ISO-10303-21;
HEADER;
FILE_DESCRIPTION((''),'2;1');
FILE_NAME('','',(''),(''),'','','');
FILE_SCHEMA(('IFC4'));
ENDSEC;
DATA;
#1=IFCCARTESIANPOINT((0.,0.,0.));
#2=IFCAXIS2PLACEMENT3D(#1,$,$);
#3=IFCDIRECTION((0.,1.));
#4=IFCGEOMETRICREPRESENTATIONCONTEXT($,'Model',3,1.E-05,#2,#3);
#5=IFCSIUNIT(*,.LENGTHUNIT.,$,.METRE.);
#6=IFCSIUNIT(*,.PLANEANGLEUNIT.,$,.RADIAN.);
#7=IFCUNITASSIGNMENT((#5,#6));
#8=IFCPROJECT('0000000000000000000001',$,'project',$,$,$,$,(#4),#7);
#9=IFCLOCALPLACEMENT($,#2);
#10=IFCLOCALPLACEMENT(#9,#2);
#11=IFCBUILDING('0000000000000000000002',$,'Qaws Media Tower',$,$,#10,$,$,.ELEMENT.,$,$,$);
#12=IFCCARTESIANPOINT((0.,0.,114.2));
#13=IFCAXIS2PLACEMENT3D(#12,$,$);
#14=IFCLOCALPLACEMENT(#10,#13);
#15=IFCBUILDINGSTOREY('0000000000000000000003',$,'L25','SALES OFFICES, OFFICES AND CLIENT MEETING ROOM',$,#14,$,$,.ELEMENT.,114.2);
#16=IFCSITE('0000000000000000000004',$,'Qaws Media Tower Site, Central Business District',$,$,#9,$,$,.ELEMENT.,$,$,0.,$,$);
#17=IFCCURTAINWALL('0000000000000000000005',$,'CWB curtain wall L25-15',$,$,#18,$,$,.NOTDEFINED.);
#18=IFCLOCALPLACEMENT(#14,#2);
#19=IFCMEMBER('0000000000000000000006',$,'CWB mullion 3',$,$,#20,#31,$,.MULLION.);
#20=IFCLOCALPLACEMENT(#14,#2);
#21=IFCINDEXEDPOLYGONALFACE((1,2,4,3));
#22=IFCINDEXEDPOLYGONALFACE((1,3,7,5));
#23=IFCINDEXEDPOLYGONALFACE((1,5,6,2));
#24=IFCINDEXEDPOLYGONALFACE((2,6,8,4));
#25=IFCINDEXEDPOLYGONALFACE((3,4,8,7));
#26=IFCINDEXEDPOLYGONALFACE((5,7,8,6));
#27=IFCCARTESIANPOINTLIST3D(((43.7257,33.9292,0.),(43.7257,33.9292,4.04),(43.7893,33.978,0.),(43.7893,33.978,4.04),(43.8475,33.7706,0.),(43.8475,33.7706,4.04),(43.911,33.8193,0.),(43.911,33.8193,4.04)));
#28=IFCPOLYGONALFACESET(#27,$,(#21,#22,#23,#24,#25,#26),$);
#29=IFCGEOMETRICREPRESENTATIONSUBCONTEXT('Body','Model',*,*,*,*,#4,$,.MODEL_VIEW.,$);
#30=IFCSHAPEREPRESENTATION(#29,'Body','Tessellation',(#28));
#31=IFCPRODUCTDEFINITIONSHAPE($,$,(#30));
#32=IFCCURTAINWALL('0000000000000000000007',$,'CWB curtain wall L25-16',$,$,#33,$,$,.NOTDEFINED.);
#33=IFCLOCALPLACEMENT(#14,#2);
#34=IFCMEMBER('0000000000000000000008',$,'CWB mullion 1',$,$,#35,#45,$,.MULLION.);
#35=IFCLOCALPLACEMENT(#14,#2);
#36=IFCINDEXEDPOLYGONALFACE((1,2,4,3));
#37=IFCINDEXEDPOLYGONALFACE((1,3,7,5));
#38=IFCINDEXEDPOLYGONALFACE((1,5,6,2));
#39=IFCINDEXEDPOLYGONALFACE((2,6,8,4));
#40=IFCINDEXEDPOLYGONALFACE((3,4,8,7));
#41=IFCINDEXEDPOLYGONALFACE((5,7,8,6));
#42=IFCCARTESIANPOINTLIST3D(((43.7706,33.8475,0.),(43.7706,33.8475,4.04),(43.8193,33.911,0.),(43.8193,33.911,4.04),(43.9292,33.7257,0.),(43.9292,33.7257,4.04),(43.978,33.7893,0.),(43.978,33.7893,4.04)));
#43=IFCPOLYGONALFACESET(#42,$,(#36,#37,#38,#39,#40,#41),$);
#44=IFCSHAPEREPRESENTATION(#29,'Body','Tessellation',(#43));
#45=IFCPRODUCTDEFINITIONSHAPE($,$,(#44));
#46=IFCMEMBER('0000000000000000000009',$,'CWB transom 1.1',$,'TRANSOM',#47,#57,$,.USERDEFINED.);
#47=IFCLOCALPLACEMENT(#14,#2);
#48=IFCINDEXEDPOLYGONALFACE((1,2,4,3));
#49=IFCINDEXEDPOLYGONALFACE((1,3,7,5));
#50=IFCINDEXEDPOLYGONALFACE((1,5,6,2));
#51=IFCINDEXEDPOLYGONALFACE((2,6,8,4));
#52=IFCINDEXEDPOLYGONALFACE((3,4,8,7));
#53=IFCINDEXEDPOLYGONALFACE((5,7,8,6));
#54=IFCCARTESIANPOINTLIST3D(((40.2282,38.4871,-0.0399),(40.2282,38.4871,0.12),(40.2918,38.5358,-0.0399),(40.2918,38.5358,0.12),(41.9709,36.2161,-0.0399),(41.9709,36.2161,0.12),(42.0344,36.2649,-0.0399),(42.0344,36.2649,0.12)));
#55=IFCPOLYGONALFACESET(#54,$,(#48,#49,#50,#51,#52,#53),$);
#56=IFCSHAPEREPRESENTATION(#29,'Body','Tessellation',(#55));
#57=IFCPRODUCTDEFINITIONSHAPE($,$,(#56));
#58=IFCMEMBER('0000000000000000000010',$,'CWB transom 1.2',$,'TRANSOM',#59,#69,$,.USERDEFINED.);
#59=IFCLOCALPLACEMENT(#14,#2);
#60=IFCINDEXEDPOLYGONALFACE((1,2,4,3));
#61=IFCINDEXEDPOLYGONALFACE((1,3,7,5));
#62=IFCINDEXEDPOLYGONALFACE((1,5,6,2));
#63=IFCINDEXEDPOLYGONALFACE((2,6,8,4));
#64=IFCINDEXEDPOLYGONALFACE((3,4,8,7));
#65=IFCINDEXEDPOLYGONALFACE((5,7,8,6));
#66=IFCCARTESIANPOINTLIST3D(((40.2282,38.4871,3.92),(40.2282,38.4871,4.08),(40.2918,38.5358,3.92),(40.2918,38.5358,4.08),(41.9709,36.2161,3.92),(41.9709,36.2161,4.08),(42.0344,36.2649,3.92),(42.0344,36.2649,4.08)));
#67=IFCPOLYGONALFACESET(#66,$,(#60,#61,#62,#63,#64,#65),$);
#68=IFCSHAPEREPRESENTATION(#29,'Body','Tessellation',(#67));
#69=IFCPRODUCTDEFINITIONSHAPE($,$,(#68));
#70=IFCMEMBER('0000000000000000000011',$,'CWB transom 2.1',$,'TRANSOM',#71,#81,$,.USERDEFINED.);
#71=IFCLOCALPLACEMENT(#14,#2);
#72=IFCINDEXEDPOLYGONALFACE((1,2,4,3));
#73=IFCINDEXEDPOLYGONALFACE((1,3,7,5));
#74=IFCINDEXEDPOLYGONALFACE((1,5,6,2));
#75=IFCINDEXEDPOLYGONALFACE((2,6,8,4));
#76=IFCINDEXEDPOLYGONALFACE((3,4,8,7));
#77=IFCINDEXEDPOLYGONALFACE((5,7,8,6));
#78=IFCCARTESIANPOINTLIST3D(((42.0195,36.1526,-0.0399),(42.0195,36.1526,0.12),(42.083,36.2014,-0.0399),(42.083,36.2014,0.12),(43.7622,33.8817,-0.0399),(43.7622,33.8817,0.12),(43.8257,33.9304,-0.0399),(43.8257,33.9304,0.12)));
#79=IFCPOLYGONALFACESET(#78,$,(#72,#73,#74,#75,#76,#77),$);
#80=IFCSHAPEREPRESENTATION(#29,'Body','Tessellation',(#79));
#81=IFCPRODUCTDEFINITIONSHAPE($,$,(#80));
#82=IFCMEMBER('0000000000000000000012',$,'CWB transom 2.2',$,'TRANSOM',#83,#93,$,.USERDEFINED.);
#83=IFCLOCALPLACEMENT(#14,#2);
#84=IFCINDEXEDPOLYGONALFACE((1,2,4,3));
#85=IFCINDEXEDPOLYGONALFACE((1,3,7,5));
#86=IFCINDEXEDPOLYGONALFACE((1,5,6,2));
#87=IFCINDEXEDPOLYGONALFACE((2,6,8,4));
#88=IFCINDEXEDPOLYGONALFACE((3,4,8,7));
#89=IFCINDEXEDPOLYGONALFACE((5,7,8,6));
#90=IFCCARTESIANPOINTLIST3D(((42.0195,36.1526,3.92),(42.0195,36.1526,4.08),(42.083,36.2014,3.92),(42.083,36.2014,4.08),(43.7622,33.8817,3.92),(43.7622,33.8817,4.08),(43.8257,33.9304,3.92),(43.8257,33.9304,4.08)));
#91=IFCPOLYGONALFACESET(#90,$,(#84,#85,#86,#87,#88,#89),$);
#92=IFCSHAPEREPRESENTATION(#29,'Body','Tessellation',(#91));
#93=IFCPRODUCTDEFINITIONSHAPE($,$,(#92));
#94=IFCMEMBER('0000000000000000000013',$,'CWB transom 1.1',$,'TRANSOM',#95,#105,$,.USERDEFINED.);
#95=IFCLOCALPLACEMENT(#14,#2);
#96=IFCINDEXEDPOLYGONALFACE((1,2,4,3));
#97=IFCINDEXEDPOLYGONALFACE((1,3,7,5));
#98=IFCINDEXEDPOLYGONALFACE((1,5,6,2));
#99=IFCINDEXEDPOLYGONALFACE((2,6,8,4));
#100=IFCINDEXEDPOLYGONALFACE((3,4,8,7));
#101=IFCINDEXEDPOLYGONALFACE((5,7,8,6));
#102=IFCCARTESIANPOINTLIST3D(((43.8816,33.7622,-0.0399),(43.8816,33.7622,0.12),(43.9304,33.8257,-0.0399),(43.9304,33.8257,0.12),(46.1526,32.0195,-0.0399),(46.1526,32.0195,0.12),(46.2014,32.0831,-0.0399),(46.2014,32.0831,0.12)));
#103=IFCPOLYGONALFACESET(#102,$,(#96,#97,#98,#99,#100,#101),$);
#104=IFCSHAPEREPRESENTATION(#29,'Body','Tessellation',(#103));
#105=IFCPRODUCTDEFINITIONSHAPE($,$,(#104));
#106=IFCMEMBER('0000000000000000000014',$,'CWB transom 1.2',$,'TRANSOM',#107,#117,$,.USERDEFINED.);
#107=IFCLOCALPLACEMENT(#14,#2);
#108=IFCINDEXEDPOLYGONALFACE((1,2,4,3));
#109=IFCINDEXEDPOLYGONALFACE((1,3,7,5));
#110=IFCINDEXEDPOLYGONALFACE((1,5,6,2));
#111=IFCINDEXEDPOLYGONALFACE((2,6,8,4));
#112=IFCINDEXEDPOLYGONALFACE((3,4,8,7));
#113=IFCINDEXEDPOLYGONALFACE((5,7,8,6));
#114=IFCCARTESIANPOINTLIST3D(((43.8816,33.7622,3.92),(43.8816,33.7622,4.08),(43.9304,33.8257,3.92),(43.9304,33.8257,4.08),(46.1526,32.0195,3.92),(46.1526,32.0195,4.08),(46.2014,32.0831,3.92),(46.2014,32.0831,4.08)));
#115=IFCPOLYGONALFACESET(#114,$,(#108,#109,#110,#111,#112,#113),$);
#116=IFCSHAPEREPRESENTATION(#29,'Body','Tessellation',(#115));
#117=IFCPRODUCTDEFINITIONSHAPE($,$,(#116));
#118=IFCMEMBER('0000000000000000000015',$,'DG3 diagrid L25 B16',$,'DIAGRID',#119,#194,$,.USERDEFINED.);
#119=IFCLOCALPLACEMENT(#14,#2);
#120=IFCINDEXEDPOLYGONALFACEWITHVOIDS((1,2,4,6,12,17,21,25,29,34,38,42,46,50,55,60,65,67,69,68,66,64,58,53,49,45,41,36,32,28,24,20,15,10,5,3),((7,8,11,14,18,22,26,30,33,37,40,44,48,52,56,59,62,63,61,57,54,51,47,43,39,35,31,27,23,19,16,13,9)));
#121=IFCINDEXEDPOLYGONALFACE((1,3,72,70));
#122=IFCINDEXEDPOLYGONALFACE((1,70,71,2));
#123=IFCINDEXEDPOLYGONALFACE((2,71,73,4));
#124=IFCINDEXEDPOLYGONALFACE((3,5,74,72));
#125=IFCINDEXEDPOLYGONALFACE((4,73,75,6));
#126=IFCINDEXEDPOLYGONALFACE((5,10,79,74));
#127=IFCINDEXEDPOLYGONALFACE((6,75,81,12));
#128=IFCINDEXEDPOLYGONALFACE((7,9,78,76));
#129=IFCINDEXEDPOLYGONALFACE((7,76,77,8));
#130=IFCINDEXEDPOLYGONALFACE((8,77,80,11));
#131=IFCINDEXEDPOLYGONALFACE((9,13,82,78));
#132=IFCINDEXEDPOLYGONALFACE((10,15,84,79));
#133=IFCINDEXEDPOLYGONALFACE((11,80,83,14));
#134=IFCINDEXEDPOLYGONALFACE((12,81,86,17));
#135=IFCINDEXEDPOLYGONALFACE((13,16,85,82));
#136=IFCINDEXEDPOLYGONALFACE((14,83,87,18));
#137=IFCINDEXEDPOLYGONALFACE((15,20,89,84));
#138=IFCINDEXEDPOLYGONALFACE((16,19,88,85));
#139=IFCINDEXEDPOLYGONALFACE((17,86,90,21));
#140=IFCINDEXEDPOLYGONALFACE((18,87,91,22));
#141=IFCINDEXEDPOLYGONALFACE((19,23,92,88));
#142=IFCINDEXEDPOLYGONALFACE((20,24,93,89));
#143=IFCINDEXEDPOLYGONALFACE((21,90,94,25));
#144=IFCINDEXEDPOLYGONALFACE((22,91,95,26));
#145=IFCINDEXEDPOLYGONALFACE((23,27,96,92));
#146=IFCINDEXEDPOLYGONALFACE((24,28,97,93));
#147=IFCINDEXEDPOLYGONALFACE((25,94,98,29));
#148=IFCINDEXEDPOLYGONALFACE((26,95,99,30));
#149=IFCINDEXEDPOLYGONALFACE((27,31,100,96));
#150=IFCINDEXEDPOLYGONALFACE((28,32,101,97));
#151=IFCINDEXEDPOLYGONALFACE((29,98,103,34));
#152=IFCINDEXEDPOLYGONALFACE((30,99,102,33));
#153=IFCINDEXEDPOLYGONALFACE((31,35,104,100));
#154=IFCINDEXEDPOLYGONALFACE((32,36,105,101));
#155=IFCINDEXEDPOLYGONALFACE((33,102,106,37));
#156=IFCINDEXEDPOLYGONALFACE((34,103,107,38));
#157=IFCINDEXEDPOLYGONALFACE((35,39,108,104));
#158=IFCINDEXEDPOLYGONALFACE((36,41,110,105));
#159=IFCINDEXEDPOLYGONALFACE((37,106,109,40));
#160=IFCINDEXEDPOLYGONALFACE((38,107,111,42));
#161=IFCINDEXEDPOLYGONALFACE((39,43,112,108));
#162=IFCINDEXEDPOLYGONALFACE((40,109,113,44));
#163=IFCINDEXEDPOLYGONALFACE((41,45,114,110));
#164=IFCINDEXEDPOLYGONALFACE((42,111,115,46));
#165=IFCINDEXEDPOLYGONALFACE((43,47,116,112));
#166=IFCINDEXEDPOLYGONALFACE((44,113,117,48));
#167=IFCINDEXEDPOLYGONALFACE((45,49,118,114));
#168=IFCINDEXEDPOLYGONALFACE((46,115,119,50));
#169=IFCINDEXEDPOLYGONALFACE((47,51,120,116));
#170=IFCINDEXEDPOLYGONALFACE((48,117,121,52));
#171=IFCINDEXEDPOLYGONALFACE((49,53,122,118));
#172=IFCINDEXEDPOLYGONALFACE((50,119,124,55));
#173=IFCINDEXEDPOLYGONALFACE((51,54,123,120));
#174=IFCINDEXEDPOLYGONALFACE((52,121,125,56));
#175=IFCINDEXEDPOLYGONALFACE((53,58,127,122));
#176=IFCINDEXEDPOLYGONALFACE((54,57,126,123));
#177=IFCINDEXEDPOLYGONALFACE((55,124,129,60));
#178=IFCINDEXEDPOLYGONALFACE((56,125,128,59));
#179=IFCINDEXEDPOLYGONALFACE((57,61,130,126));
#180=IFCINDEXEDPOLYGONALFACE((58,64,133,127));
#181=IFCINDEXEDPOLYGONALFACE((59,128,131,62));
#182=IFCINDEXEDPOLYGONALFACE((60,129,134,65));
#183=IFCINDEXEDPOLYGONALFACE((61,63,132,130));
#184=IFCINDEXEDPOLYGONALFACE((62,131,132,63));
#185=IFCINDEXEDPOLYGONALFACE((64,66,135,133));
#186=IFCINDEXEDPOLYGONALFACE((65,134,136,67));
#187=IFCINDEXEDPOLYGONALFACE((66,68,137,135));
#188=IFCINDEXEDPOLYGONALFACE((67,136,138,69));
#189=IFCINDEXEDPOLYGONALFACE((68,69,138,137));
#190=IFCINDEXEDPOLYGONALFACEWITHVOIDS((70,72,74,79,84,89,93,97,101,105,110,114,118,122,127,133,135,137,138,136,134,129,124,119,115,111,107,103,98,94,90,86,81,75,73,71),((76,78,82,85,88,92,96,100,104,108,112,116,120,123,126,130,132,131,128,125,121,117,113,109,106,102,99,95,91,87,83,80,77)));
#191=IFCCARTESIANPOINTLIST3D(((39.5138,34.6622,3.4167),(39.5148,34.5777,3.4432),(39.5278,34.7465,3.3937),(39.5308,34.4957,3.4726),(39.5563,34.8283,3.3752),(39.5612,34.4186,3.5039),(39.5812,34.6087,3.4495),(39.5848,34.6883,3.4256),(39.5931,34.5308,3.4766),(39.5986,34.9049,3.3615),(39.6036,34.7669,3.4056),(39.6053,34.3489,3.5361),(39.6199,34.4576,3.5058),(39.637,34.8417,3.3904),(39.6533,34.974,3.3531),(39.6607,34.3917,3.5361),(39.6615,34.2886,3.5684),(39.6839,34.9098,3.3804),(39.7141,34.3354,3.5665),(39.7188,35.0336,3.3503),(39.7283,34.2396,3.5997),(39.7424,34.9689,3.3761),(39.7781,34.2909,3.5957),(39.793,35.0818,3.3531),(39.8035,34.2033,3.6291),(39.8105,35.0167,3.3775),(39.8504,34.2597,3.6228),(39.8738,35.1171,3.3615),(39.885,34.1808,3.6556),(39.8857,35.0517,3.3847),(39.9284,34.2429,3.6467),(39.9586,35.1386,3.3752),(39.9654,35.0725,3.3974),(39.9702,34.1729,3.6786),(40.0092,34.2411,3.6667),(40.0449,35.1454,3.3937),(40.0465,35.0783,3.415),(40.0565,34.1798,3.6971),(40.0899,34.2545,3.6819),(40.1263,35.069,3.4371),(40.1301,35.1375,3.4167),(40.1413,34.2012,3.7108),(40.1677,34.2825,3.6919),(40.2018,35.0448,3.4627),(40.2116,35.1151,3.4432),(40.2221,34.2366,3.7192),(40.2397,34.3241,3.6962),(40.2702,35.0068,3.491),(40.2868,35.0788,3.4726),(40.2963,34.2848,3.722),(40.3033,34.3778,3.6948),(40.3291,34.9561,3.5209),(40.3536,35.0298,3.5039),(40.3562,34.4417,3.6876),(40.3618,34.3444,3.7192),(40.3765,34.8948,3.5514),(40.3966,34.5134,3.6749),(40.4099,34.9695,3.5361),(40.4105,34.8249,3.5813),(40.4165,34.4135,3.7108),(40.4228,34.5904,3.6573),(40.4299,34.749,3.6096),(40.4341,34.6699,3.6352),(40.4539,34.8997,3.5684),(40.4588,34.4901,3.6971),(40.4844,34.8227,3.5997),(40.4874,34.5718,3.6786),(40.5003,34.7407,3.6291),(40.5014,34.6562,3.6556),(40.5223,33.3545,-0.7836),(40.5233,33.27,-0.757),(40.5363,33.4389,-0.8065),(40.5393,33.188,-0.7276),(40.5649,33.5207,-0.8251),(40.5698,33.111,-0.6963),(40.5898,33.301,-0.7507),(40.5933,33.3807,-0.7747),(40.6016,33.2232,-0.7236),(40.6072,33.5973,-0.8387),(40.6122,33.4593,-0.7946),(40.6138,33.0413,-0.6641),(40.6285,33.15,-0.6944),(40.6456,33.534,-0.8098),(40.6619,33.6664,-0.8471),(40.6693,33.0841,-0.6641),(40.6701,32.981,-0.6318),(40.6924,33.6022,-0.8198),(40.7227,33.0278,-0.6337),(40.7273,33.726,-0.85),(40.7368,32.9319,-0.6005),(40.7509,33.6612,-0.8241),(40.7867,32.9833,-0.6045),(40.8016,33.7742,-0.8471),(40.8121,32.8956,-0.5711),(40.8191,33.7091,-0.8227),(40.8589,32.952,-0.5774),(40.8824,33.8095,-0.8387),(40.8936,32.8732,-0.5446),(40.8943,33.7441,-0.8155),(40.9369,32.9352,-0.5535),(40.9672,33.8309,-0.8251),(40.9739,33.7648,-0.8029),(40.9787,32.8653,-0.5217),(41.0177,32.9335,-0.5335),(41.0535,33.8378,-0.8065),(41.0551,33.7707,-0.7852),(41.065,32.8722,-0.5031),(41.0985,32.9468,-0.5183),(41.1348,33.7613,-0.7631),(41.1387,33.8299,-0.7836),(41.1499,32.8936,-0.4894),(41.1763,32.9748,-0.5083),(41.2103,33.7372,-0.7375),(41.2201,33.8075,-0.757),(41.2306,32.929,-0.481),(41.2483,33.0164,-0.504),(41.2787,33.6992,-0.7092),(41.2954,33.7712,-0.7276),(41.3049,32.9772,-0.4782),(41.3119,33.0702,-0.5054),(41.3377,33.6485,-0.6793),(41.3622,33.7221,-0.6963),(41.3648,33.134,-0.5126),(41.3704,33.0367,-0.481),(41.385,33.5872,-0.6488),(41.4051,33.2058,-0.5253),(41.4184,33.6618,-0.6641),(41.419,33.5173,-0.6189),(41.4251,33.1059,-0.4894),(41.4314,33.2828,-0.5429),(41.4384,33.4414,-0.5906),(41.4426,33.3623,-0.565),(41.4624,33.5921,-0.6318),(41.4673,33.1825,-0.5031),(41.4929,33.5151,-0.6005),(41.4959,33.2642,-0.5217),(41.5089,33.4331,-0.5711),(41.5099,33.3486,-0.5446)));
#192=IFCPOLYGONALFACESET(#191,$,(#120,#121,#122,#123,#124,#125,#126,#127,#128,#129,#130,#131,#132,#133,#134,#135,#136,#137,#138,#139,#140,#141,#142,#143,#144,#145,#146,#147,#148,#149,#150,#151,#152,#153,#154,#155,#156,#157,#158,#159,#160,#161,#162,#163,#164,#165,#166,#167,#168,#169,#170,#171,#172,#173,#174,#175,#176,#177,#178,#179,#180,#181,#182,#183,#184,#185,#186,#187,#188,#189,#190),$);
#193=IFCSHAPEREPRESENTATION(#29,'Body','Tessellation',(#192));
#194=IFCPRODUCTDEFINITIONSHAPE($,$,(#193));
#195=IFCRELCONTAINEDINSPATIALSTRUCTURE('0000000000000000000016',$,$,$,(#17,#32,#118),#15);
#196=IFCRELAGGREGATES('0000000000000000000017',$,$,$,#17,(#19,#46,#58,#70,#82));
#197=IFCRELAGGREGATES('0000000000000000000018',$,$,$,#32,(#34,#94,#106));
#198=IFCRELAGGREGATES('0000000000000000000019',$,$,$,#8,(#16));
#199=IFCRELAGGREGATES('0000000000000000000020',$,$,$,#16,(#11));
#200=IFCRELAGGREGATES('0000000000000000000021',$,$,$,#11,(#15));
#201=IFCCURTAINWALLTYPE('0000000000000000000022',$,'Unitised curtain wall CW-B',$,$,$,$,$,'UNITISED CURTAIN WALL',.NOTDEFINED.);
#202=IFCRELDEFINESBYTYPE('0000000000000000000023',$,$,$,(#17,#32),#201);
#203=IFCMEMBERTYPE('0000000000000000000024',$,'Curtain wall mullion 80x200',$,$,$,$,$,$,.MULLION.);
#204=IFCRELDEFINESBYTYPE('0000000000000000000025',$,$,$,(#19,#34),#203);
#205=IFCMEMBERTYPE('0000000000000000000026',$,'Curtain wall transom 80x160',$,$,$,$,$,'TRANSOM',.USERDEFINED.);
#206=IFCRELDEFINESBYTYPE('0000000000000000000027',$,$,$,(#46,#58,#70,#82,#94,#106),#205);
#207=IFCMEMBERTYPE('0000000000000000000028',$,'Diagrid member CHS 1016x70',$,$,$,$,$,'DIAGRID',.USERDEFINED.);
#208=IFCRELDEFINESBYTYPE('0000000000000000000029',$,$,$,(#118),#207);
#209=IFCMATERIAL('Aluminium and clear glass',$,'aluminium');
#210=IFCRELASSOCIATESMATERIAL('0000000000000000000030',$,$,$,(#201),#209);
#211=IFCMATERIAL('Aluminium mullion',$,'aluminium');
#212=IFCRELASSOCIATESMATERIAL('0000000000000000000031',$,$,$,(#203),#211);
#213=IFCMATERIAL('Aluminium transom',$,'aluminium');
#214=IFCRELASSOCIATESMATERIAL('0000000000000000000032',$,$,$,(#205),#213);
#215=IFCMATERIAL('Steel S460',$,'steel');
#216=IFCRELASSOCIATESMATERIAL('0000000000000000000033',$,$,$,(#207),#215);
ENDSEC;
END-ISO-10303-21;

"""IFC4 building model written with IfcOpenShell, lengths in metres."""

from ifc_helpers import new_model, si_unit, direction, frame, origin, origin_2d, place, context, subcontext, project, spatial, rectangle, hollow_circle, extrude, material, material_profile, profile_set, type_object, element, aggregate, save


model = new_model("IFC4")

# Units and contexts
model_context = context("Model", 3, precision=1e-05, world=origin(), true_north=direction((0.0, 1.0)))
body_context = subcontext(model_context, "Body", "Model", "MODEL_VIEW")
ifc_project = project(units=[si_unit("LENGTHUNIT", "METRE"), si_unit("PLANEANGLEUNIT", "RADIAN")], contexts=[model_context])

# Site, building, storey
site_placement = place(None, origin())
site = spatial("IfcSite", under=ifc_project, at=site_placement, Name="Qaws Media Tower Site, Central Business District", CompositionType="ELEMENT", RefElevation=0.0)
building_placement = place(site_placement, origin())
building = spatial("IfcBuilding", under=site, at=building_placement, Name="Qaws Media Tower", CompositionType="ELEMENT")
storey_placement = place(building_placement, frame((0.0, 0.0, 114.2)))
storey = spatial("IfcBuildingStorey", under=building, at=storey_placement, Name="L25", Description="SALES OFFICES, OFFICES AND CLIENT MEETING ROOM", CompositionType="ELEMENT", Elevation=114.2)

# Curtain wall, member
ifc_material_1 = material(Name="Aluminium and clear glass", Category="aluminium")
curtain_wall_type = type_object("IfcCurtainWallType", Name="Unitised curtain wall CW-B", ElementType="UNITISED CURTAIN WALL", PredefinedType="NOTDEFINED", material=ifc_material_1)
curtain_wall_1_placement = place(storey_placement, origin())
curtain_wall_1 = element("IfcCurtainWall", 1, at=curtain_wall_1_placement, inside=storey, type_object=curtain_wall_type, Name="CWB curtain wall L25-15", PredefinedType="NOTDEFINED")
ifc_material_2 = material(Name="Aluminium mullion", Category="aluminium")
ifc_material_profile_1 = material_profile(ifc_material_2, rectangle(XDim=0.0801, YDim=0.2, at=origin_2d()), Name="80x200")
ifc_profile_set_1 = profile_set([ifc_material_profile_1], Name="Aluminium mullion")
member_type_1 = type_object("IfcMemberType", Name="Curtain wall mullion 80x200", PredefinedType="MULLION", material=ifc_profile_set_1)
member_1_placement = place(storey_placement, frame((43.8184, 33.8743, 0.0), z_axis=(0.0, 0.0, 1.0), x_axis=(0.793353, 0.608761, 0.0)))
member_1 = element("IfcMember", 2, at=member_1_placement, type_object=member_type_1, Name="CWB mullion 3", PredefinedType="MULLION", context=body_context, shape_type="SweptSolid", body=[
    extrude(rectangle(XDim=0.0801, YDim=0.2, at=origin_2d()), origin(), (0.0, 0.0, 1.0), 4.04),
])

# Curtain wall, member
curtain_wall_2_placement = place(storey_placement, origin())
curtain_wall_2 = element("IfcCurtainWall", 3, at=curtain_wall_2_placement, inside=storey, type_object=curtain_wall_type, Name="CWB curtain wall L25-16", PredefinedType="NOTDEFINED")
member_2_placement = place(storey_placement, frame((43.8743, 33.8184, 0.0), z_axis=(0.0, 0.0, 1.0), x_axis=(0.608761, 0.793353, 0.0)))
member_2 = element("IfcMember", 4, at=member_2_placement, type_object=member_type_1, Name="CWB mullion 1", PredefinedType="MULLION", context=body_context, shape_type="SweptSolid", body=[
    extrude(rectangle(XDim=0.0801, YDim=0.2, at=origin_2d()), origin(), (0.0, 0.0, 1.0), 4.04),
])

# Members
ifc_material_3 = material(Name="Aluminium transom", Category="aluminium")
ifc_material_profile_2 = material_profile(ifc_material_3, rectangle(XDim=0.0801, YDim=0.1599, at=origin_2d()), Name="80x160")
ifc_profile_set_2 = profile_set([ifc_material_profile_2], Name="Aluminium transom")
member_type_2 = type_object("IfcMemberType", Name="Curtain wall transom 80x160", ElementType="TRANSOM", PredefinedType="USERDEFINED", material=ifc_profile_set_2)
member_3_placement = place(storey_placement, frame((40.26, 38.5115, 0.04), z_axis=(0.608779, -0.79334, 0.0), x_axis=(0.79334, 0.608779, 0.0)))
member_3 = element("IfcMember", 5, at=member_3_placement, type_object=member_type_2, Name="CWB transom 1.1", ObjectType="TRANSOM", PredefinedType="USERDEFINED", context=body_context, shape_type="SweptSolid", body=[
    extrude(rectangle(XDim=0.0801, YDim=0.1599, at=origin_2d()), origin(), (0.0, 0.0, 1.0), 2.8625),
])
member_4_placement = place(storey_placement, frame((40.26, 38.5115, 4.0), z_axis=(0.608779, -0.79334, 0.0), x_axis=(0.79334, 0.608779, 0.0)))
member_4 = element("IfcMember", 6, at=member_4_placement, type_object=member_type_2, Name="CWB transom 1.2", ObjectType="TRANSOM", PredefinedType="USERDEFINED", context=body_context, shape_type="SweptSolid", body=[
    extrude(rectangle(XDim=0.0801, YDim=0.1599, at=origin_2d()), origin(), (0.0, 0.0, 1.0), 2.8625),
])
member_5_placement = place(storey_placement, frame((42.0513, 36.177, 0.04), z_axis=(0.608779, -0.79334, 0.0), x_axis=(0.79334, 0.608779, 0.0)))
member_5 = element("IfcMember", 7, at=member_5_placement, type_object=member_type_2, Name="CWB transom 2.1", ObjectType="TRANSOM", PredefinedType="USERDEFINED", context=body_context, shape_type="SweptSolid", body=[
    extrude(rectangle(XDim=0.0801, YDim=0.1599, at=origin_2d()), origin(), (0.0, 0.0, 1.0), 2.8625),
])
member_6_placement = place(storey_placement, frame((42.0513, 36.177, 4.0), z_axis=(0.608779, -0.79334, 0.0), x_axis=(0.79334, 0.608779, 0.0)))
member_6 = element("IfcMember", 8, at=member_6_placement, type_object=member_type_2, Name="CWB transom 2.2", ObjectType="TRANSOM", PredefinedType="USERDEFINED", context=body_context, shape_type="SweptSolid", body=[
    extrude(rectangle(XDim=0.0801, YDim=0.1599, at=origin_2d()), origin(), (0.0, 0.0, 1.0), 2.8625),
])
member_7_placement = place(storey_placement, frame((43.906, 33.7939, 0.04), z_axis=(0.79334, -0.608779, 0.0), x_axis=(0.608779, 0.79334, 0.0)))
member_7 = element("IfcMember", 9, at=member_7_placement, type_object=member_type_2, Name="CWB transom 1.1", ObjectType="TRANSOM", PredefinedType="USERDEFINED", context=body_context, shape_type="SweptSolid", body=[
    extrude(rectangle(XDim=0.0801, YDim=0.1599, at=origin_2d()), origin(), (0.0, 0.0, 1.0), 2.8625),
])
member_8_placement = place(storey_placement, frame((43.906, 33.7939, 4.0), z_axis=(0.79334, -0.608779, 0.0), x_axis=(0.608779, 0.79334, 0.0)))
member_8 = element("IfcMember", 10, at=member_8_placement, type_object=member_type_2, Name="CWB transom 1.2", ObjectType="TRANSOM", PredefinedType="USERDEFINED", context=body_context, shape_type="SweptSolid", body=[
    extrude(rectangle(XDim=0.0801, YDim=0.1599, at=origin_2d()), origin(), (0.0, 0.0, 1.0), 2.8625),
])
ifc_material_4 = material(Name="Steel S460", Category="steel")
ifc_material_profile_3 = material_profile(ifc_material_4, hollow_circle(Radius=0.5081, WallThickness=0.0701, at=origin_2d()), Name="CHS 1016x70")
ifc_profile_set_3 = profile_set([ifc_material_profile_3], Name="Steel S460")
member_type_3 = type_object("IfcMemberType", Name="Diagrid member CHS 1016x70", ElementType="DIAGRID", PredefinedType="USERDEFINED", material=ifc_profile_set_3)
member_9_placement = place(storey_placement, frame((41.0161, 33.3516, -0.6641), z_axis=(-0.223467, 0.289734, 0.930654), x_axis=(-0.791837, -0.610732, 0.0)))
element("IfcMember", 11, at=member_9_placement, inside=storey, type_object=member_type_3, Name="DG3 diagrid L25 B16", ObjectType="DIAGRID", PredefinedType="USERDEFINED", context=body_context, shape_type="SweptSolid", body=[
    extrude(hollow_circle(Radius=0.5081, WallThickness=0.0701, at=origin_2d()), origin(), (0.0, 0.0, 1.0), 4.5132),
])

aggregate(curtain_wall_1, [member_1, member_3, member_4, member_5, member_6])
aggregate(curtain_wall_2, [member_2, member_7, member_8])

save(model, "model.ifc")
